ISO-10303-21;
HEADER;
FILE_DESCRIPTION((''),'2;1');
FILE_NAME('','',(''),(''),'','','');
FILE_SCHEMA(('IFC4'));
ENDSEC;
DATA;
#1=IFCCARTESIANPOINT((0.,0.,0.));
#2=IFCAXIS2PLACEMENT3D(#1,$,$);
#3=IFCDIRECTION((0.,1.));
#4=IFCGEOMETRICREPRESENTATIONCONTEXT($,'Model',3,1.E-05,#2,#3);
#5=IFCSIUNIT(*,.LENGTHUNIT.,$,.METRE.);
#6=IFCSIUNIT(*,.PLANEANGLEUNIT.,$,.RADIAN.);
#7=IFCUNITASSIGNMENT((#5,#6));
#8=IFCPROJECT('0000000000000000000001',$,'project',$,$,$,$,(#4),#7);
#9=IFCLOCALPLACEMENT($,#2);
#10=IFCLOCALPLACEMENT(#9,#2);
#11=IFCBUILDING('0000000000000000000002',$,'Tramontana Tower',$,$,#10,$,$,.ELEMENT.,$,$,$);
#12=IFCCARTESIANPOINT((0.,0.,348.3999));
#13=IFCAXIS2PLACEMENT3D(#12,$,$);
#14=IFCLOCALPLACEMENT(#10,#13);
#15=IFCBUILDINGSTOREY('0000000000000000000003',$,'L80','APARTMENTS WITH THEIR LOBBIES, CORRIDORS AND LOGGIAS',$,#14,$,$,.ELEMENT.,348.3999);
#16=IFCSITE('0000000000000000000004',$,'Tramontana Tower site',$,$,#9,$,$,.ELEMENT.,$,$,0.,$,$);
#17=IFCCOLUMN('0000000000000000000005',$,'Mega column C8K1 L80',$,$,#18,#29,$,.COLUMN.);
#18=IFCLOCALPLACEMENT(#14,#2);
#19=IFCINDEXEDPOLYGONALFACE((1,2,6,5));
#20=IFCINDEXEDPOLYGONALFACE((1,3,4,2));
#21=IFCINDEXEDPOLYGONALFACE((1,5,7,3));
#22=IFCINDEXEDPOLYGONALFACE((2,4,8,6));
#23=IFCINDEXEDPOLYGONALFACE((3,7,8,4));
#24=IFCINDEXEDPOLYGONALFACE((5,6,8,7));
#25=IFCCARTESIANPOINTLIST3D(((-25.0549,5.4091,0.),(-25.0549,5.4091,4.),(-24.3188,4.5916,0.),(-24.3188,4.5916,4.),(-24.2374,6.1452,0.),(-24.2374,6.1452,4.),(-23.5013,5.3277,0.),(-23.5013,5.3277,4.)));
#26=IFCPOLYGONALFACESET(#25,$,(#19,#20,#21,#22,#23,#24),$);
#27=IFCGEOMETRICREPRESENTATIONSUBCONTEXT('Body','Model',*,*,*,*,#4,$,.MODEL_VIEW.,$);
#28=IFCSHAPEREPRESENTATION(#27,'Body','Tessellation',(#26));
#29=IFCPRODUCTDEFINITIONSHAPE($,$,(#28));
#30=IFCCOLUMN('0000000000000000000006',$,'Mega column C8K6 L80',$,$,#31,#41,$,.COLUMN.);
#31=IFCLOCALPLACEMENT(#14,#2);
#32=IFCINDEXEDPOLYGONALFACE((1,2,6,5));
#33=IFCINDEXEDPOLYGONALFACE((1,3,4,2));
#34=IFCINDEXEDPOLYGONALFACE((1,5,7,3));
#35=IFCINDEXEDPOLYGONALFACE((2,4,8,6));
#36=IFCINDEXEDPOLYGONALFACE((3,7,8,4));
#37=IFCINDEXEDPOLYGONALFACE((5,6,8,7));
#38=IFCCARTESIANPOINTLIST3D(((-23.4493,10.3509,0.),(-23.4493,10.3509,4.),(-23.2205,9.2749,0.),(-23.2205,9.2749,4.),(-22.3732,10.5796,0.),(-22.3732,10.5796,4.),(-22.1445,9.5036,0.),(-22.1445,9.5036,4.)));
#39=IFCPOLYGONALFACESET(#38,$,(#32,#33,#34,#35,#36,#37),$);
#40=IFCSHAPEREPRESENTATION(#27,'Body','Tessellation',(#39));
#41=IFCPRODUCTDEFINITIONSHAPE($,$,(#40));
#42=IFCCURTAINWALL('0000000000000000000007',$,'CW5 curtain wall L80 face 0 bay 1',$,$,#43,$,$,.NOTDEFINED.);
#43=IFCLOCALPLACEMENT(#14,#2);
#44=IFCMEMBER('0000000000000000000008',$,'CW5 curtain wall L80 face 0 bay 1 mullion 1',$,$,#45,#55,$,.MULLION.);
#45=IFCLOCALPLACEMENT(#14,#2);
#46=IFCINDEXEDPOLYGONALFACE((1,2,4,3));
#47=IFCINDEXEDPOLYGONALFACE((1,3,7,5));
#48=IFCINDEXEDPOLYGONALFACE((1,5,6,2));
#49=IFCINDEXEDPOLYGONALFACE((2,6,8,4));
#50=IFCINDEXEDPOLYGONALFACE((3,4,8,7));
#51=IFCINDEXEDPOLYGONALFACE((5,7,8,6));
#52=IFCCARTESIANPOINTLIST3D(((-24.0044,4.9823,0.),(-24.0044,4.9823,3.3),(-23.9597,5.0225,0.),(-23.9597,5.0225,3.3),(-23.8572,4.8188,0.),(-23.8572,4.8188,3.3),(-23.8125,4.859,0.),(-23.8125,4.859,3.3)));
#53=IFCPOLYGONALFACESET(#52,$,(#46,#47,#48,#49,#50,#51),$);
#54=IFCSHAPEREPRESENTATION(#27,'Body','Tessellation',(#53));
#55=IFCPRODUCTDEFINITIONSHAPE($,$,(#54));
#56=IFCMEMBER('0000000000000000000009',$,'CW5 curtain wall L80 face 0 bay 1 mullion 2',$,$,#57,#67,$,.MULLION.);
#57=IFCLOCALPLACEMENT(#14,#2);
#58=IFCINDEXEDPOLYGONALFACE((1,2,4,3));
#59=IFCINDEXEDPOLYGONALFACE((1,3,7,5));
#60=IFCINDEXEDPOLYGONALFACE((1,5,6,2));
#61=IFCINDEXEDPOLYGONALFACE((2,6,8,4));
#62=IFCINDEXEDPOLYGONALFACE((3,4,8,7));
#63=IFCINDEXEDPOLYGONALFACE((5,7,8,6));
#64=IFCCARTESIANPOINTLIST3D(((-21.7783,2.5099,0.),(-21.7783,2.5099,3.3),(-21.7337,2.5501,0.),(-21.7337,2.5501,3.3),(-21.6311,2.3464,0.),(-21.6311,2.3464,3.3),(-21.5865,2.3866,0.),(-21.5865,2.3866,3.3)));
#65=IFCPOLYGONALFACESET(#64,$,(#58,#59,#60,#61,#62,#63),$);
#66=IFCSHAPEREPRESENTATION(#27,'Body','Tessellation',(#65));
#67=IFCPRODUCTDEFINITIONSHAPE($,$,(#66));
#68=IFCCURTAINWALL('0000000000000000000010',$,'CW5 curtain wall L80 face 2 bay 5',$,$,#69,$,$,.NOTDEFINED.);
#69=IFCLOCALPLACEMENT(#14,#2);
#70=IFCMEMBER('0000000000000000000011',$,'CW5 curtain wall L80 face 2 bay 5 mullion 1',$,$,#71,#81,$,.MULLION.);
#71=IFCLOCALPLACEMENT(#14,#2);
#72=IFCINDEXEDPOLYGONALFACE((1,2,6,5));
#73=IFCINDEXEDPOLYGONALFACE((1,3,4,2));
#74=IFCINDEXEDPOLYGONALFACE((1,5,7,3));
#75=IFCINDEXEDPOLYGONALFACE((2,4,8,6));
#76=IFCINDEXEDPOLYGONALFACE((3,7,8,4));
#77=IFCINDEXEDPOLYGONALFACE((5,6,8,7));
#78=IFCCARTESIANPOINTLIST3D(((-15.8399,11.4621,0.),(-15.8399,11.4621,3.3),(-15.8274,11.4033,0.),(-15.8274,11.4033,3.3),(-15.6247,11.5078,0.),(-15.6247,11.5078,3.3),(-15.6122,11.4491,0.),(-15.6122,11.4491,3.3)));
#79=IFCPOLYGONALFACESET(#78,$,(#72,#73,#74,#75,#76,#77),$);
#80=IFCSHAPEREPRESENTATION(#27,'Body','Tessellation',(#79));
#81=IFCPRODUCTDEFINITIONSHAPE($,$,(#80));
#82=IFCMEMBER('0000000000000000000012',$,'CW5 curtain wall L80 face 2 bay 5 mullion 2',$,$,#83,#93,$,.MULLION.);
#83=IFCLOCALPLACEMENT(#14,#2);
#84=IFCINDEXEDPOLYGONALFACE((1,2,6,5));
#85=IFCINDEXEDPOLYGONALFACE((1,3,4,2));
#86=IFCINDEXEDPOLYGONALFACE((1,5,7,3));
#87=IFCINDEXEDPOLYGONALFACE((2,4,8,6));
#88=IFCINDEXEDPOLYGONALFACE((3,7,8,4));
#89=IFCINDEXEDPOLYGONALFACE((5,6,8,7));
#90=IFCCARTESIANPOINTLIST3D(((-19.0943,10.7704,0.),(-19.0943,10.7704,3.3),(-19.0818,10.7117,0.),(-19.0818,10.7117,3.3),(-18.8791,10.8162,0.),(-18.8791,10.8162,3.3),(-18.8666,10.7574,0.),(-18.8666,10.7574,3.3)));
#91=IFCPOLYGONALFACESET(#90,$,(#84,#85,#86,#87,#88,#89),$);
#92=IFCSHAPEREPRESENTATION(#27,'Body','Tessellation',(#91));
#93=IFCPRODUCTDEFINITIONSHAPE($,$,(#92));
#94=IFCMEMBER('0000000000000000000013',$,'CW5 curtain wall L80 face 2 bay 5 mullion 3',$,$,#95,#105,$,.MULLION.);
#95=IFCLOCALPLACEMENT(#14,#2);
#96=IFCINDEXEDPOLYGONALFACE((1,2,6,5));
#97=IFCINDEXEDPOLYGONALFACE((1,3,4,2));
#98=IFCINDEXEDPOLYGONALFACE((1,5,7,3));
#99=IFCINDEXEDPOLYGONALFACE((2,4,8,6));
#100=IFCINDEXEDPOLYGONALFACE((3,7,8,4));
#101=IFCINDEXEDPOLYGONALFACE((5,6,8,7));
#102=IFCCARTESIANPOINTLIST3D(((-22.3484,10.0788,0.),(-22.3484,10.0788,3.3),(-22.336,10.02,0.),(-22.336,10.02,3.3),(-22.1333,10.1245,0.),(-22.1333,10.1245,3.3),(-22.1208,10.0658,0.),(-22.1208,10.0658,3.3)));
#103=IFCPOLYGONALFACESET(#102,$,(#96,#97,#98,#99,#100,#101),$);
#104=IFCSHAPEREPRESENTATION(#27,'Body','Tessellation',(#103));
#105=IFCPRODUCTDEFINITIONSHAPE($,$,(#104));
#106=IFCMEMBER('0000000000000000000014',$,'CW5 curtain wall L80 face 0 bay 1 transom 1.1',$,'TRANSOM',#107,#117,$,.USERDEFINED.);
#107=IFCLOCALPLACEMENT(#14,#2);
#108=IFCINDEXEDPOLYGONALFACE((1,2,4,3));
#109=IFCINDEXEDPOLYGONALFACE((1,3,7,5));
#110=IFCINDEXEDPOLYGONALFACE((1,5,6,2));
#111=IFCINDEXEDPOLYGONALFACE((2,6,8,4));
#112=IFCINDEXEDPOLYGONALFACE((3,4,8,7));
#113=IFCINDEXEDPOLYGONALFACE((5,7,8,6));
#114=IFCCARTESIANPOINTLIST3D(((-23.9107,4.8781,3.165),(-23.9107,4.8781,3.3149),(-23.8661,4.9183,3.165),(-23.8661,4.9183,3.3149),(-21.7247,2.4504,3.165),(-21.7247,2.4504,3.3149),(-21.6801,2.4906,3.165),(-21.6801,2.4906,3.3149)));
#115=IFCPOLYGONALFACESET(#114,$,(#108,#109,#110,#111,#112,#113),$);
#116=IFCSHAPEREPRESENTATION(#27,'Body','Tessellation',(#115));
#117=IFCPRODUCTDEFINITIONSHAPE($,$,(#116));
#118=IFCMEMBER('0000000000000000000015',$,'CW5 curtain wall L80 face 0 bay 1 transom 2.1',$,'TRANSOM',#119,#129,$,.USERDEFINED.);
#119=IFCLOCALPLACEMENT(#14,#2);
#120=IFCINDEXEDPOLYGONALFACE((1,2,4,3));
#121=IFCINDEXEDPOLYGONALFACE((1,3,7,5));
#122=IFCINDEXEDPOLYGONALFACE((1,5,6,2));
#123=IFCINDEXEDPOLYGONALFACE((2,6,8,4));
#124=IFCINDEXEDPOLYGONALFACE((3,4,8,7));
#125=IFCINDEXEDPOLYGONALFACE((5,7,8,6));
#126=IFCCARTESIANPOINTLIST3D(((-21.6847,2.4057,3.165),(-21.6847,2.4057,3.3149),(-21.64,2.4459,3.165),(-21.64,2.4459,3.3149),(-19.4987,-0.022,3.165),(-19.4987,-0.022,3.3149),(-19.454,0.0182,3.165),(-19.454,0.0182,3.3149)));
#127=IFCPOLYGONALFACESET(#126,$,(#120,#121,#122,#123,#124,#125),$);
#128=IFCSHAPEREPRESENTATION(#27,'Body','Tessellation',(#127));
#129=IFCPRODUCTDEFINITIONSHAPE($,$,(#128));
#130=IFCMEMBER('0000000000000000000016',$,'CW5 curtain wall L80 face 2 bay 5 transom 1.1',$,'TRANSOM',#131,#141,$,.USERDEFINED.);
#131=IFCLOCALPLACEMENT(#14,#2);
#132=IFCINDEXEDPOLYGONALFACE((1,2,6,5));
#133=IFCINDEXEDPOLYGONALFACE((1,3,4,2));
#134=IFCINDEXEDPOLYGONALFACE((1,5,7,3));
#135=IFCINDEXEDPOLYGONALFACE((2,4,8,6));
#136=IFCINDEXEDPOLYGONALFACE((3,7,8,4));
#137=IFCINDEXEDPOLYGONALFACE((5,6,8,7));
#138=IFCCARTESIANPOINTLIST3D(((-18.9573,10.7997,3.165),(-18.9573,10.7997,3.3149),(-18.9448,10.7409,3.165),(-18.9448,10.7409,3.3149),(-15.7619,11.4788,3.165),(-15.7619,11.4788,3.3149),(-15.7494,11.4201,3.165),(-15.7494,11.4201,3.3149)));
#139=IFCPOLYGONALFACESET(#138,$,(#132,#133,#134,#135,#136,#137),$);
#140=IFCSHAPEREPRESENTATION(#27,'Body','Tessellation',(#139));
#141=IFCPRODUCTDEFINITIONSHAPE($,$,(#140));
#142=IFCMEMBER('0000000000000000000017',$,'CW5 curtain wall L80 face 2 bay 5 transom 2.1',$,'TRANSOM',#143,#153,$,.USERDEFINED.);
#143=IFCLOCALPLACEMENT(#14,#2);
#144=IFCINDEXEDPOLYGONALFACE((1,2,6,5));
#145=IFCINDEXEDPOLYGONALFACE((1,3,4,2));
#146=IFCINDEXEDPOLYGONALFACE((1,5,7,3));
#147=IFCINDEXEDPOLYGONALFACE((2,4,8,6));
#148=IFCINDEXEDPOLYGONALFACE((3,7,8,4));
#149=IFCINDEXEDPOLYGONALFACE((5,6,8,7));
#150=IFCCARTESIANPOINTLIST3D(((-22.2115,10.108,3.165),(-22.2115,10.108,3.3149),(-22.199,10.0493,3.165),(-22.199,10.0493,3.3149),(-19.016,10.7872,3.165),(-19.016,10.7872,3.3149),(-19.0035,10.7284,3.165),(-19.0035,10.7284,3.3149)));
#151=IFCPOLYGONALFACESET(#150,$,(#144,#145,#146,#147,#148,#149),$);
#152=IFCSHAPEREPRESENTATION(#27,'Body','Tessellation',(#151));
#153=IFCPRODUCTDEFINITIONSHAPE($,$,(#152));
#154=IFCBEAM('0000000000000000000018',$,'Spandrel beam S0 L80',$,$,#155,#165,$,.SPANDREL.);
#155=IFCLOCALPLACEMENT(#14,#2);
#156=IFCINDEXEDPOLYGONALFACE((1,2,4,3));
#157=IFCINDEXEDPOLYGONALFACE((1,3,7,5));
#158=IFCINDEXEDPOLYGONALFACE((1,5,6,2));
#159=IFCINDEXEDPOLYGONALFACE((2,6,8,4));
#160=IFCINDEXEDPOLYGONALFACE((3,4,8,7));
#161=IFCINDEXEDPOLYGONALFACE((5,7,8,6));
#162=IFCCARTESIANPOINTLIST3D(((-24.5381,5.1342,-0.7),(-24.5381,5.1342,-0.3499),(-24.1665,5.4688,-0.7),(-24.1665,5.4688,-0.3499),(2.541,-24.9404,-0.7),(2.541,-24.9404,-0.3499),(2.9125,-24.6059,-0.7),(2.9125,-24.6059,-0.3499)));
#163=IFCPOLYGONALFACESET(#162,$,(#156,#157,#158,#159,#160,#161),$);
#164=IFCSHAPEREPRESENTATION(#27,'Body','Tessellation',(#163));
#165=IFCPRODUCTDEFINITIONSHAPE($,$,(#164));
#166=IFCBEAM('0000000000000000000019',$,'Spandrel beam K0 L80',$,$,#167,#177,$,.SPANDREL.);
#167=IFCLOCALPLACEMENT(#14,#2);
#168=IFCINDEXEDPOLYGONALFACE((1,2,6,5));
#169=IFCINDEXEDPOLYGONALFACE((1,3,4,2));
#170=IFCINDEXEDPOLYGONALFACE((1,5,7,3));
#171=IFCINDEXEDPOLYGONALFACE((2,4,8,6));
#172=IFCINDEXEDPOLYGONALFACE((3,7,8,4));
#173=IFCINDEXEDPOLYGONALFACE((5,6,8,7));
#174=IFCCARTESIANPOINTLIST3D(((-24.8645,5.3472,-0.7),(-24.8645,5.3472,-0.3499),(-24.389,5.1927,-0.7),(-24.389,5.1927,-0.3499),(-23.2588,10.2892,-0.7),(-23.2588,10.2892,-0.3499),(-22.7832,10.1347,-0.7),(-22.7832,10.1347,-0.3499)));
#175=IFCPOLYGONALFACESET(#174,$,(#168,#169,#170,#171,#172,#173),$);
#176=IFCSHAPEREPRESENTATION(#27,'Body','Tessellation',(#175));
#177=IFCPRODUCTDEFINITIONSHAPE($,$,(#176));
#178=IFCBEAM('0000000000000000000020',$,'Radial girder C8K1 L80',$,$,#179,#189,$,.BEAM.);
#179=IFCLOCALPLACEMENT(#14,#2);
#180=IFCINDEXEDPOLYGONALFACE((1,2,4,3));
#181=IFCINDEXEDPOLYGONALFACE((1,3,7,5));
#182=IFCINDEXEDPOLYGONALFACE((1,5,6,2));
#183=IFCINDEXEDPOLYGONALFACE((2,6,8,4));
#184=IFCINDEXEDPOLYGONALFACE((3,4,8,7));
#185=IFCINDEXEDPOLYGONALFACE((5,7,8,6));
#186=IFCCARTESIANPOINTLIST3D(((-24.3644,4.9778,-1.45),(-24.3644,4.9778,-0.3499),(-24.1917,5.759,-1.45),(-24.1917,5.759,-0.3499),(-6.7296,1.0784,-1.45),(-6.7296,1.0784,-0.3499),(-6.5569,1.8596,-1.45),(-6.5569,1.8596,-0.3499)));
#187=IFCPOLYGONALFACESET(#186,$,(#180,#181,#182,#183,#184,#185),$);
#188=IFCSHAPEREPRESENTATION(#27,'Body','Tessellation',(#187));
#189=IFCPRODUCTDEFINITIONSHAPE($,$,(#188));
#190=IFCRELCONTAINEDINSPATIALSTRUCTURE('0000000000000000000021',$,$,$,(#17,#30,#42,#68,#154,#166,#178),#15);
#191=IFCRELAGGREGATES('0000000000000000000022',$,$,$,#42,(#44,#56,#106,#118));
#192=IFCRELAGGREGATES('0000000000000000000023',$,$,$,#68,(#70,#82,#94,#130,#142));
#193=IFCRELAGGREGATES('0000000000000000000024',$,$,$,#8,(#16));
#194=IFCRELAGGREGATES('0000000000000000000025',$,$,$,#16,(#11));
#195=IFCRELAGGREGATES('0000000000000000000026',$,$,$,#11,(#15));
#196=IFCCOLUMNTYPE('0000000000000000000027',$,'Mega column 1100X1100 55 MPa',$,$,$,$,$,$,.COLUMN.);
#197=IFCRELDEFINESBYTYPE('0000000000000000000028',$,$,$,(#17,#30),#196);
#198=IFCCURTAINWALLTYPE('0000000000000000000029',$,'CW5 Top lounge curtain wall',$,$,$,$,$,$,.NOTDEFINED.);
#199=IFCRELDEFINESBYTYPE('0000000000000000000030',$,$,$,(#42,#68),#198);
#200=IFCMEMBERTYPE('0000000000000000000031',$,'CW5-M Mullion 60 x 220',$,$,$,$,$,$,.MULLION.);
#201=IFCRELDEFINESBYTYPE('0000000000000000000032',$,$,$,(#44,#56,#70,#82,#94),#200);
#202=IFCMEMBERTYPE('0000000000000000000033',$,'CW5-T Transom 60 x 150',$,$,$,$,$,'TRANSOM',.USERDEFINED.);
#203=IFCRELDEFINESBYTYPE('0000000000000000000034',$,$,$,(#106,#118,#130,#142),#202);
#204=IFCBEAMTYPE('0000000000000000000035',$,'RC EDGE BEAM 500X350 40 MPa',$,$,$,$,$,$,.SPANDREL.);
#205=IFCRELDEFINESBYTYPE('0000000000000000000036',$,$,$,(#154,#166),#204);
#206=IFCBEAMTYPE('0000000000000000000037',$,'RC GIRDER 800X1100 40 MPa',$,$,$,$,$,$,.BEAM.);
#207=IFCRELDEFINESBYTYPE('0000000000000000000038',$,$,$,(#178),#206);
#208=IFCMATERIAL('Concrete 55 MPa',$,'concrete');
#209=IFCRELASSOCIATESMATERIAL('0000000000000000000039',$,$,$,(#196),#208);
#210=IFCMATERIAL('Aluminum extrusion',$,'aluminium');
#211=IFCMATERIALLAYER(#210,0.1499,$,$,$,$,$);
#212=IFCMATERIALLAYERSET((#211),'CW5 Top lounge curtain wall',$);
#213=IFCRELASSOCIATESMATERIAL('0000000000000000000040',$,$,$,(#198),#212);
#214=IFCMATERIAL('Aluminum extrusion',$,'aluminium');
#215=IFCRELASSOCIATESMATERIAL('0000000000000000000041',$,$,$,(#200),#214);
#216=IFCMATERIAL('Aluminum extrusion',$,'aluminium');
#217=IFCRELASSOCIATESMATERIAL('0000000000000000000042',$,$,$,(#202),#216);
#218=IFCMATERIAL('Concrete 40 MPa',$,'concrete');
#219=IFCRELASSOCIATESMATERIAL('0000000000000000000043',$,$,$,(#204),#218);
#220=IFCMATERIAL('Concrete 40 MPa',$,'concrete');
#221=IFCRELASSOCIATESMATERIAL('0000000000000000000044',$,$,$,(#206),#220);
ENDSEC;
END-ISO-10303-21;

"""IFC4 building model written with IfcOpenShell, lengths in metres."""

from ifc_helpers import new_model, si_unit, direction, frame, origin, origin_2d, place, context, subcontext, project, spatial, rectangle, extrude, material, layer, layer_set, material_profile, profile_set, type_object, element, aggregate, save


model = new_model("IFC4")

# Units and contexts
model_context = context("Model", 3, precision=1e-05, world=origin(), true_north=direction((0.0, 1.0)))
body_context = subcontext(model_context, "Body", "Model", "MODEL_VIEW")
ifc_project = project(units=[si_unit("LENGTHUNIT", "METRE"), si_unit("PLANEANGLEUNIT", "RADIAN")], contexts=[model_context])

# Site, building, storey
site_placement = place(None, origin())
site = spatial("IfcSite", under=ifc_project, at=site_placement, Name="Tramontana Tower site", CompositionType="ELEMENT", RefElevation=0.0)
building_placement = place(site_placement, origin())
building = spatial("IfcBuilding", under=site, at=building_placement, Name="Tramontana Tower", CompositionType="ELEMENT")
storey_placement = place(building_placement, frame((0.0, 0.0, 348.3999)))
storey = spatial("IfcBuildingStorey", under=building, at=storey_placement, Name="L80", Description="APARTMENTS WITH THEIR LOBBIES, CORRIDORS AND LOGGIAS", CompositionType="ELEMENT", Elevation=348.3999)

# Columns
ifc_material_1 = material(Name="Concrete 55 MPa", Category="concrete")
ifc_material_profile_1 = material_profile(ifc_material_1, rectangle(XDim=1.1001, YDim=1.1001, at=origin_2d()), Name="Mega column 1100X1100 55 MPa")
ifc_profile_set_1 = profile_set([ifc_material_profile_1], Name="Concrete 55 MPa")
column_type = type_object("IfcColumnType", Name="Mega column 1100X1100 55 MPa", PredefinedType="COLUMN", material=ifc_profile_set_1)
for number, where, z_axis, x_axis, name in (
    (1, (-24.2781, 5.3684, 0.0), (0.0, 0.0, 1.0), (0.669131, -0.743145, 0.0), "Mega column C8K1 L80"),
    (2, (-22.7969, 9.9272, 0.0), (0.0, 0.0, 1.0), (-0.978148, -0.207912, 0.0), "Mega column C8K6 L80"),
):
    element("IfcColumn", number, at=place(storey_placement, frame(where, z_axis=z_axis, x_axis=x_axis)), inside=storey, type_object=column_type, Name=name, PredefinedType="COLUMN", context=body_context, shape_type="SweptSolid", body=[
        extrude(rectangle(XDim=1.1001, YDim=1.1001, at=origin_2d()), origin(), (0.0, 0.0, 1.0), 4.0),
    ])

# Curtain walls, members
ifc_material_2 = material(Name="Aluminum extrusion", Category="aluminium")
ifc_layer_1 = layer(ifc_material_2, 0.1499)
ifc_layer_set_1 = layer_set([ifc_layer_1], Name="CW5 Top lounge curtain wall")
curtain_wall_type = type_object("IfcCurtainWallType", Name="CW5 Top lounge curtain wall", PredefinedType="NOTDEFINED", material=ifc_layer_set_1)
curtain_wall_1_placement = place(storey_placement, origin())
curtain_wall_1 = element("IfcCurtainWall", 3, at=curtain_wall_1_placement, inside=storey, type_object=curtain_wall_type, Name="CW5 curtain wall L80 face 0 bay 1", PredefinedType="NOTDEFINED")
ifc_material_3 = material(Name="Aluminum extrusion", Category="aluminium")
ifc_material_profile_2 = material_profile(ifc_material_3, rectangle(XDim=0.0601, YDim=0.22, at=origin_2d()), Name="CW5-M Mullion 60 x 220")
ifc_profile_set_2 = profile_set([ifc_material_profile_2], Name="Aluminum extrusion")
member_type_1 = type_object("IfcMemberType", Name="CW5-M Mullion 60 x 220", PredefinedType="MULLION", material=ifc_profile_set_2)
member_1_placement = place(storey_placement, frame((-23.9084, 4.9207, 0.0), z_axis=(0.0, 0.0, 1.0), x_axis=(0.743145, 0.669131, 0.0)))
member_1 = element("IfcMember", 4, at=member_1_placement, type_object=member_type_1, Name="CW5 curtain wall L80 face 0 bay 1 mullion 1", PredefinedType="MULLION", context=body_context, shape_type="SweptSolid", body=[
    extrude(rectangle(XDim=0.0601, YDim=0.22, at=origin_2d()), origin(), (0.0, 0.0, 1.0), 3.3),
])
member_2_placement = place(storey_placement, frame((-21.6824, 2.4482, 0.0), z_axis=(0.0, 0.0, 1.0), x_axis=(0.743145, 0.669131, 0.0)))
member_2 = element("IfcMember", 5, at=member_2_placement, type_object=member_type_1, Name="CW5 curtain wall L80 face 0 bay 1 mullion 2", PredefinedType="MULLION", context=body_context, shape_type="SweptSolid", body=[
    extrude(rectangle(XDim=0.0601, YDim=0.22, at=origin_2d()), origin(), (0.0, 0.0, 1.0), 3.3),
])
curtain_wall_2_placement = place(storey_placement, origin())
curtain_wall_2 = element("IfcCurtainWall", 6, at=curtain_wall_2_placement, inside=storey, type_object=curtain_wall_type, Name="CW5 curtain wall L80 face 2 bay 5", PredefinedType="NOTDEFINED")
member_3_placement = place(storey_placement, frame((-15.7261, 11.4556, 0.0), z_axis=(0.0, 0.0, 1.0), x_axis=(0.207912, -0.978148, 0.0)))
member_3 = element("IfcMember", 7, at=member_3_placement, type_object=member_type_1, Name="CW5 curtain wall L80 face 2 bay 5 mullion 1", PredefinedType="MULLION", context=body_context, shape_type="SweptSolid", body=[
    extrude(rectangle(XDim=0.0601, YDim=0.22, at=origin_2d()), origin(), (0.0, 0.0, 1.0), 3.3),
])
member_4_placement = place(storey_placement, frame((-18.9805, 10.7639, 0.0), z_axis=(0.0, 0.0, 1.0), x_axis=(0.207912, -0.978148, 0.0)))
member_4 = element("IfcMember", 8, at=member_4_placement, type_object=member_type_1, Name="CW5 curtain wall L80 face 2 bay 5 mullion 2", PredefinedType="MULLION", context=body_context, shape_type="SweptSolid", body=[
    extrude(rectangle(XDim=0.0601, YDim=0.22, at=origin_2d()), origin(), (0.0, 0.0, 1.0), 3.3),
])
member_5_placement = place(storey_placement, frame((-22.2346, 10.0723, 0.0), z_axis=(0.0, 0.0, 1.0), x_axis=(0.207912, -0.978148, 0.0)))
member_5 = element("IfcMember", 9, at=member_5_placement, type_object=member_type_1, Name="CW5 curtain wall L80 face 2 bay 5 mullion 3", PredefinedType="MULLION", context=body_context, shape_type="SweptSolid", body=[
    extrude(rectangle(XDim=0.0601, YDim=0.22, at=origin_2d()), origin(), (0.0, 0.0, 1.0), 3.3),
])

# Members
ifc_material_4 = material(Name="Aluminum extrusion", Category="aluminium")
ifc_material_profile_3 = material_profile(ifc_material_4, rectangle(XDim=0.0601, YDim=0.1499, at=origin_2d()), Name="CW5-T Transom 60 x 150")
ifc_profile_set_3 = profile_set([ifc_material_profile_3], Name="Aluminum extrusion")
member_type_2 = type_object("IfcMemberType", Name="CW5-T Transom 60 x 150", ElementType="TRANSOM", PredefinedType="USERDEFINED", material=ifc_profile_set_3)
member_6_placement = place(storey_placement, frame((-23.8884, 4.8982, 3.24), z_axis=(0.669146, -0.743131, 0.0), x_axis=(0.743131, 0.669146, 0.0)))
member_6 = element("IfcMember", 10, at=member_6_placement, type_object=member_type_2, Name="CW5 curtain wall L80 face 0 bay 1 transom 1.1", ObjectType="TRANSOM", PredefinedType="USERDEFINED", context=body_context, shape_type="SweptSolid", body=[
    extrude(rectangle(XDim=0.0601, YDim=0.1499, at=origin_2d()), origin(), (0.0, 0.0, 1.0), 3.2668),
])
member_7_placement = place(storey_placement, frame((-21.6624, 2.4258, 3.24), z_axis=(0.669146, -0.743131, 0.0), x_axis=(0.743131, 0.669146, 0.0)))
member_7 = element("IfcMember", 11, at=member_7_placement, type_object=member_type_2, Name="CW5 curtain wall L80 face 0 bay 1 transom 2.1", ObjectType="TRANSOM", PredefinedType="USERDEFINED", context=body_context, shape_type="SweptSolid", body=[
    extrude(rectangle(XDim=0.0601, YDim=0.1499, at=origin_2d()), origin(), (0.0, 0.0, 1.0), 3.2668),
])
member_8_placement = place(storey_placement, frame((-15.7556, 11.4495, 3.24), z_axis=(-0.97815, -0.207901, 0.0), x_axis=(0.207901, -0.97815, 0.0)))
member_8 = element("IfcMember", 12, at=member_8_placement, type_object=member_type_2, Name="CW5 curtain wall L80 face 2 bay 5 transom 1.1", ObjectType="TRANSOM", PredefinedType="USERDEFINED", context=body_context, shape_type="SweptSolid", body=[
    extrude(rectangle(XDim=0.0601, YDim=0.1499, at=origin_2d()), origin(), (0.0, 0.0, 1.0), 3.2668),
])
member_9_placement = place(storey_placement, frame((-19.0098, 10.7578, 3.24), z_axis=(-0.97815, -0.207901, 0.0), x_axis=(0.207901, -0.97815, 0.0)))
member_9 = element("IfcMember", 13, at=member_9_placement, type_object=member_type_2, Name="CW5 curtain wall L80 face 2 bay 5 transom 2.1", ObjectType="TRANSOM", PredefinedType="USERDEFINED", context=body_context, shape_type="SweptSolid", body=[
    extrude(rectangle(XDim=0.0601, YDim=0.1499, at=origin_2d()), origin(), (0.0, 0.0, 1.0), 3.2668),
])

# Beams
ifc_material_5 = material(Name="Concrete 40 MPa", Category="concrete")
ifc_material_profile_4 = material_profile(ifc_material_5, rectangle(XDim=0.5, YDim=0.3501, at=origin_2d()), Name="RC EDGE BEAM 500X350 40 MPa")
ifc_profile_set_4 = profile_set([ifc_material_profile_4], Name="Concrete 40 MPa")
beam_type_1 = type_object("IfcBeamType", Name="RC EDGE BEAM 500X350 40 MPa", PredefinedType="SPANDREL", material=ifc_profile_set_4)
beam_1_placement = place(storey_placement, frame((-24.3523, 5.3015, -0.5249), z_axis=(0.669127, -0.743148, 0.0), x_axis=(0.743148, 0.669127, 0.0)))
element("IfcBeam", 14, at=beam_1_placement, inside=storey, type_object=beam_type_1, Name="Spandrel beam S0 L80", PredefinedType="SPANDREL", context=body_context, shape_type="SweptSolid", body=[
    extrude(rectangle(XDim=0.5, YDim=0.3501, at=origin_2d()), origin(), (0.0, 0.0, 1.0), 40.4692),
])
beam_2_placement = place(storey_placement, frame((-23.021, 10.2119, -0.5249), z_axis=(-0.309016, -0.951057, 0.0), x_axis=(0.951057, -0.309016, 0.0)))
element("IfcBeam", 15, at=beam_2_placement, inside=storey, type_object=beam_type_1, Name="Spandrel beam K0 L80", PredefinedType="SPANDREL", context=body_context, shape_type="SweptSolid", body=[
    extrude(rectangle(XDim=0.5, YDim=0.3501, at=origin_2d()), origin(), (0.0, 0.0, 1.0), 5.1963),
])
ifc_material_6 = material(Name="Concrete 40 MPa", Category="concrete")
ifc_material_profile_5 = material_profile(ifc_material_6, rectangle(XDim=0.8, YDim=1.1001, at=origin_2d()), Name="RC GIRDER 800X1100 40 MPa")
ifc_profile_set_5 = profile_set([ifc_material_profile_5], Name="Concrete 40 MPa")
beam_type_2 = type_object("IfcBeamType", Name="RC GIRDER 800X1100 40 MPa", PredefinedType="BEAM", material=ifc_profile_set_5)
beam_3_placement = place(storey_placement, frame((-24.2781, 5.3684, -0.8999), z_axis=(0.976414, -0.215906, 0.0), x_axis=(0.215906, 0.976414, 0.0)))
element("IfcBeam", 16, at=beam_3_placement, inside=storey, type_object=beam_type_2, Name="Radial girder C8K1 L80", PredefinedType="BEAM", context=body_context, shape_type="SweptSolid", body=[
    extrude(rectangle(XDim=0.8, YDim=1.1001, at=origin_2d()), origin(), (0.0, 0.0, 1.0), 18.0608),
])

aggregate(curtain_wall_1, [member_1, member_2, member_6, member_7])
aggregate(curtain_wall_2, [member_3, member_4, member_5, member_8, member_9])

save(model, "model.ifc")
